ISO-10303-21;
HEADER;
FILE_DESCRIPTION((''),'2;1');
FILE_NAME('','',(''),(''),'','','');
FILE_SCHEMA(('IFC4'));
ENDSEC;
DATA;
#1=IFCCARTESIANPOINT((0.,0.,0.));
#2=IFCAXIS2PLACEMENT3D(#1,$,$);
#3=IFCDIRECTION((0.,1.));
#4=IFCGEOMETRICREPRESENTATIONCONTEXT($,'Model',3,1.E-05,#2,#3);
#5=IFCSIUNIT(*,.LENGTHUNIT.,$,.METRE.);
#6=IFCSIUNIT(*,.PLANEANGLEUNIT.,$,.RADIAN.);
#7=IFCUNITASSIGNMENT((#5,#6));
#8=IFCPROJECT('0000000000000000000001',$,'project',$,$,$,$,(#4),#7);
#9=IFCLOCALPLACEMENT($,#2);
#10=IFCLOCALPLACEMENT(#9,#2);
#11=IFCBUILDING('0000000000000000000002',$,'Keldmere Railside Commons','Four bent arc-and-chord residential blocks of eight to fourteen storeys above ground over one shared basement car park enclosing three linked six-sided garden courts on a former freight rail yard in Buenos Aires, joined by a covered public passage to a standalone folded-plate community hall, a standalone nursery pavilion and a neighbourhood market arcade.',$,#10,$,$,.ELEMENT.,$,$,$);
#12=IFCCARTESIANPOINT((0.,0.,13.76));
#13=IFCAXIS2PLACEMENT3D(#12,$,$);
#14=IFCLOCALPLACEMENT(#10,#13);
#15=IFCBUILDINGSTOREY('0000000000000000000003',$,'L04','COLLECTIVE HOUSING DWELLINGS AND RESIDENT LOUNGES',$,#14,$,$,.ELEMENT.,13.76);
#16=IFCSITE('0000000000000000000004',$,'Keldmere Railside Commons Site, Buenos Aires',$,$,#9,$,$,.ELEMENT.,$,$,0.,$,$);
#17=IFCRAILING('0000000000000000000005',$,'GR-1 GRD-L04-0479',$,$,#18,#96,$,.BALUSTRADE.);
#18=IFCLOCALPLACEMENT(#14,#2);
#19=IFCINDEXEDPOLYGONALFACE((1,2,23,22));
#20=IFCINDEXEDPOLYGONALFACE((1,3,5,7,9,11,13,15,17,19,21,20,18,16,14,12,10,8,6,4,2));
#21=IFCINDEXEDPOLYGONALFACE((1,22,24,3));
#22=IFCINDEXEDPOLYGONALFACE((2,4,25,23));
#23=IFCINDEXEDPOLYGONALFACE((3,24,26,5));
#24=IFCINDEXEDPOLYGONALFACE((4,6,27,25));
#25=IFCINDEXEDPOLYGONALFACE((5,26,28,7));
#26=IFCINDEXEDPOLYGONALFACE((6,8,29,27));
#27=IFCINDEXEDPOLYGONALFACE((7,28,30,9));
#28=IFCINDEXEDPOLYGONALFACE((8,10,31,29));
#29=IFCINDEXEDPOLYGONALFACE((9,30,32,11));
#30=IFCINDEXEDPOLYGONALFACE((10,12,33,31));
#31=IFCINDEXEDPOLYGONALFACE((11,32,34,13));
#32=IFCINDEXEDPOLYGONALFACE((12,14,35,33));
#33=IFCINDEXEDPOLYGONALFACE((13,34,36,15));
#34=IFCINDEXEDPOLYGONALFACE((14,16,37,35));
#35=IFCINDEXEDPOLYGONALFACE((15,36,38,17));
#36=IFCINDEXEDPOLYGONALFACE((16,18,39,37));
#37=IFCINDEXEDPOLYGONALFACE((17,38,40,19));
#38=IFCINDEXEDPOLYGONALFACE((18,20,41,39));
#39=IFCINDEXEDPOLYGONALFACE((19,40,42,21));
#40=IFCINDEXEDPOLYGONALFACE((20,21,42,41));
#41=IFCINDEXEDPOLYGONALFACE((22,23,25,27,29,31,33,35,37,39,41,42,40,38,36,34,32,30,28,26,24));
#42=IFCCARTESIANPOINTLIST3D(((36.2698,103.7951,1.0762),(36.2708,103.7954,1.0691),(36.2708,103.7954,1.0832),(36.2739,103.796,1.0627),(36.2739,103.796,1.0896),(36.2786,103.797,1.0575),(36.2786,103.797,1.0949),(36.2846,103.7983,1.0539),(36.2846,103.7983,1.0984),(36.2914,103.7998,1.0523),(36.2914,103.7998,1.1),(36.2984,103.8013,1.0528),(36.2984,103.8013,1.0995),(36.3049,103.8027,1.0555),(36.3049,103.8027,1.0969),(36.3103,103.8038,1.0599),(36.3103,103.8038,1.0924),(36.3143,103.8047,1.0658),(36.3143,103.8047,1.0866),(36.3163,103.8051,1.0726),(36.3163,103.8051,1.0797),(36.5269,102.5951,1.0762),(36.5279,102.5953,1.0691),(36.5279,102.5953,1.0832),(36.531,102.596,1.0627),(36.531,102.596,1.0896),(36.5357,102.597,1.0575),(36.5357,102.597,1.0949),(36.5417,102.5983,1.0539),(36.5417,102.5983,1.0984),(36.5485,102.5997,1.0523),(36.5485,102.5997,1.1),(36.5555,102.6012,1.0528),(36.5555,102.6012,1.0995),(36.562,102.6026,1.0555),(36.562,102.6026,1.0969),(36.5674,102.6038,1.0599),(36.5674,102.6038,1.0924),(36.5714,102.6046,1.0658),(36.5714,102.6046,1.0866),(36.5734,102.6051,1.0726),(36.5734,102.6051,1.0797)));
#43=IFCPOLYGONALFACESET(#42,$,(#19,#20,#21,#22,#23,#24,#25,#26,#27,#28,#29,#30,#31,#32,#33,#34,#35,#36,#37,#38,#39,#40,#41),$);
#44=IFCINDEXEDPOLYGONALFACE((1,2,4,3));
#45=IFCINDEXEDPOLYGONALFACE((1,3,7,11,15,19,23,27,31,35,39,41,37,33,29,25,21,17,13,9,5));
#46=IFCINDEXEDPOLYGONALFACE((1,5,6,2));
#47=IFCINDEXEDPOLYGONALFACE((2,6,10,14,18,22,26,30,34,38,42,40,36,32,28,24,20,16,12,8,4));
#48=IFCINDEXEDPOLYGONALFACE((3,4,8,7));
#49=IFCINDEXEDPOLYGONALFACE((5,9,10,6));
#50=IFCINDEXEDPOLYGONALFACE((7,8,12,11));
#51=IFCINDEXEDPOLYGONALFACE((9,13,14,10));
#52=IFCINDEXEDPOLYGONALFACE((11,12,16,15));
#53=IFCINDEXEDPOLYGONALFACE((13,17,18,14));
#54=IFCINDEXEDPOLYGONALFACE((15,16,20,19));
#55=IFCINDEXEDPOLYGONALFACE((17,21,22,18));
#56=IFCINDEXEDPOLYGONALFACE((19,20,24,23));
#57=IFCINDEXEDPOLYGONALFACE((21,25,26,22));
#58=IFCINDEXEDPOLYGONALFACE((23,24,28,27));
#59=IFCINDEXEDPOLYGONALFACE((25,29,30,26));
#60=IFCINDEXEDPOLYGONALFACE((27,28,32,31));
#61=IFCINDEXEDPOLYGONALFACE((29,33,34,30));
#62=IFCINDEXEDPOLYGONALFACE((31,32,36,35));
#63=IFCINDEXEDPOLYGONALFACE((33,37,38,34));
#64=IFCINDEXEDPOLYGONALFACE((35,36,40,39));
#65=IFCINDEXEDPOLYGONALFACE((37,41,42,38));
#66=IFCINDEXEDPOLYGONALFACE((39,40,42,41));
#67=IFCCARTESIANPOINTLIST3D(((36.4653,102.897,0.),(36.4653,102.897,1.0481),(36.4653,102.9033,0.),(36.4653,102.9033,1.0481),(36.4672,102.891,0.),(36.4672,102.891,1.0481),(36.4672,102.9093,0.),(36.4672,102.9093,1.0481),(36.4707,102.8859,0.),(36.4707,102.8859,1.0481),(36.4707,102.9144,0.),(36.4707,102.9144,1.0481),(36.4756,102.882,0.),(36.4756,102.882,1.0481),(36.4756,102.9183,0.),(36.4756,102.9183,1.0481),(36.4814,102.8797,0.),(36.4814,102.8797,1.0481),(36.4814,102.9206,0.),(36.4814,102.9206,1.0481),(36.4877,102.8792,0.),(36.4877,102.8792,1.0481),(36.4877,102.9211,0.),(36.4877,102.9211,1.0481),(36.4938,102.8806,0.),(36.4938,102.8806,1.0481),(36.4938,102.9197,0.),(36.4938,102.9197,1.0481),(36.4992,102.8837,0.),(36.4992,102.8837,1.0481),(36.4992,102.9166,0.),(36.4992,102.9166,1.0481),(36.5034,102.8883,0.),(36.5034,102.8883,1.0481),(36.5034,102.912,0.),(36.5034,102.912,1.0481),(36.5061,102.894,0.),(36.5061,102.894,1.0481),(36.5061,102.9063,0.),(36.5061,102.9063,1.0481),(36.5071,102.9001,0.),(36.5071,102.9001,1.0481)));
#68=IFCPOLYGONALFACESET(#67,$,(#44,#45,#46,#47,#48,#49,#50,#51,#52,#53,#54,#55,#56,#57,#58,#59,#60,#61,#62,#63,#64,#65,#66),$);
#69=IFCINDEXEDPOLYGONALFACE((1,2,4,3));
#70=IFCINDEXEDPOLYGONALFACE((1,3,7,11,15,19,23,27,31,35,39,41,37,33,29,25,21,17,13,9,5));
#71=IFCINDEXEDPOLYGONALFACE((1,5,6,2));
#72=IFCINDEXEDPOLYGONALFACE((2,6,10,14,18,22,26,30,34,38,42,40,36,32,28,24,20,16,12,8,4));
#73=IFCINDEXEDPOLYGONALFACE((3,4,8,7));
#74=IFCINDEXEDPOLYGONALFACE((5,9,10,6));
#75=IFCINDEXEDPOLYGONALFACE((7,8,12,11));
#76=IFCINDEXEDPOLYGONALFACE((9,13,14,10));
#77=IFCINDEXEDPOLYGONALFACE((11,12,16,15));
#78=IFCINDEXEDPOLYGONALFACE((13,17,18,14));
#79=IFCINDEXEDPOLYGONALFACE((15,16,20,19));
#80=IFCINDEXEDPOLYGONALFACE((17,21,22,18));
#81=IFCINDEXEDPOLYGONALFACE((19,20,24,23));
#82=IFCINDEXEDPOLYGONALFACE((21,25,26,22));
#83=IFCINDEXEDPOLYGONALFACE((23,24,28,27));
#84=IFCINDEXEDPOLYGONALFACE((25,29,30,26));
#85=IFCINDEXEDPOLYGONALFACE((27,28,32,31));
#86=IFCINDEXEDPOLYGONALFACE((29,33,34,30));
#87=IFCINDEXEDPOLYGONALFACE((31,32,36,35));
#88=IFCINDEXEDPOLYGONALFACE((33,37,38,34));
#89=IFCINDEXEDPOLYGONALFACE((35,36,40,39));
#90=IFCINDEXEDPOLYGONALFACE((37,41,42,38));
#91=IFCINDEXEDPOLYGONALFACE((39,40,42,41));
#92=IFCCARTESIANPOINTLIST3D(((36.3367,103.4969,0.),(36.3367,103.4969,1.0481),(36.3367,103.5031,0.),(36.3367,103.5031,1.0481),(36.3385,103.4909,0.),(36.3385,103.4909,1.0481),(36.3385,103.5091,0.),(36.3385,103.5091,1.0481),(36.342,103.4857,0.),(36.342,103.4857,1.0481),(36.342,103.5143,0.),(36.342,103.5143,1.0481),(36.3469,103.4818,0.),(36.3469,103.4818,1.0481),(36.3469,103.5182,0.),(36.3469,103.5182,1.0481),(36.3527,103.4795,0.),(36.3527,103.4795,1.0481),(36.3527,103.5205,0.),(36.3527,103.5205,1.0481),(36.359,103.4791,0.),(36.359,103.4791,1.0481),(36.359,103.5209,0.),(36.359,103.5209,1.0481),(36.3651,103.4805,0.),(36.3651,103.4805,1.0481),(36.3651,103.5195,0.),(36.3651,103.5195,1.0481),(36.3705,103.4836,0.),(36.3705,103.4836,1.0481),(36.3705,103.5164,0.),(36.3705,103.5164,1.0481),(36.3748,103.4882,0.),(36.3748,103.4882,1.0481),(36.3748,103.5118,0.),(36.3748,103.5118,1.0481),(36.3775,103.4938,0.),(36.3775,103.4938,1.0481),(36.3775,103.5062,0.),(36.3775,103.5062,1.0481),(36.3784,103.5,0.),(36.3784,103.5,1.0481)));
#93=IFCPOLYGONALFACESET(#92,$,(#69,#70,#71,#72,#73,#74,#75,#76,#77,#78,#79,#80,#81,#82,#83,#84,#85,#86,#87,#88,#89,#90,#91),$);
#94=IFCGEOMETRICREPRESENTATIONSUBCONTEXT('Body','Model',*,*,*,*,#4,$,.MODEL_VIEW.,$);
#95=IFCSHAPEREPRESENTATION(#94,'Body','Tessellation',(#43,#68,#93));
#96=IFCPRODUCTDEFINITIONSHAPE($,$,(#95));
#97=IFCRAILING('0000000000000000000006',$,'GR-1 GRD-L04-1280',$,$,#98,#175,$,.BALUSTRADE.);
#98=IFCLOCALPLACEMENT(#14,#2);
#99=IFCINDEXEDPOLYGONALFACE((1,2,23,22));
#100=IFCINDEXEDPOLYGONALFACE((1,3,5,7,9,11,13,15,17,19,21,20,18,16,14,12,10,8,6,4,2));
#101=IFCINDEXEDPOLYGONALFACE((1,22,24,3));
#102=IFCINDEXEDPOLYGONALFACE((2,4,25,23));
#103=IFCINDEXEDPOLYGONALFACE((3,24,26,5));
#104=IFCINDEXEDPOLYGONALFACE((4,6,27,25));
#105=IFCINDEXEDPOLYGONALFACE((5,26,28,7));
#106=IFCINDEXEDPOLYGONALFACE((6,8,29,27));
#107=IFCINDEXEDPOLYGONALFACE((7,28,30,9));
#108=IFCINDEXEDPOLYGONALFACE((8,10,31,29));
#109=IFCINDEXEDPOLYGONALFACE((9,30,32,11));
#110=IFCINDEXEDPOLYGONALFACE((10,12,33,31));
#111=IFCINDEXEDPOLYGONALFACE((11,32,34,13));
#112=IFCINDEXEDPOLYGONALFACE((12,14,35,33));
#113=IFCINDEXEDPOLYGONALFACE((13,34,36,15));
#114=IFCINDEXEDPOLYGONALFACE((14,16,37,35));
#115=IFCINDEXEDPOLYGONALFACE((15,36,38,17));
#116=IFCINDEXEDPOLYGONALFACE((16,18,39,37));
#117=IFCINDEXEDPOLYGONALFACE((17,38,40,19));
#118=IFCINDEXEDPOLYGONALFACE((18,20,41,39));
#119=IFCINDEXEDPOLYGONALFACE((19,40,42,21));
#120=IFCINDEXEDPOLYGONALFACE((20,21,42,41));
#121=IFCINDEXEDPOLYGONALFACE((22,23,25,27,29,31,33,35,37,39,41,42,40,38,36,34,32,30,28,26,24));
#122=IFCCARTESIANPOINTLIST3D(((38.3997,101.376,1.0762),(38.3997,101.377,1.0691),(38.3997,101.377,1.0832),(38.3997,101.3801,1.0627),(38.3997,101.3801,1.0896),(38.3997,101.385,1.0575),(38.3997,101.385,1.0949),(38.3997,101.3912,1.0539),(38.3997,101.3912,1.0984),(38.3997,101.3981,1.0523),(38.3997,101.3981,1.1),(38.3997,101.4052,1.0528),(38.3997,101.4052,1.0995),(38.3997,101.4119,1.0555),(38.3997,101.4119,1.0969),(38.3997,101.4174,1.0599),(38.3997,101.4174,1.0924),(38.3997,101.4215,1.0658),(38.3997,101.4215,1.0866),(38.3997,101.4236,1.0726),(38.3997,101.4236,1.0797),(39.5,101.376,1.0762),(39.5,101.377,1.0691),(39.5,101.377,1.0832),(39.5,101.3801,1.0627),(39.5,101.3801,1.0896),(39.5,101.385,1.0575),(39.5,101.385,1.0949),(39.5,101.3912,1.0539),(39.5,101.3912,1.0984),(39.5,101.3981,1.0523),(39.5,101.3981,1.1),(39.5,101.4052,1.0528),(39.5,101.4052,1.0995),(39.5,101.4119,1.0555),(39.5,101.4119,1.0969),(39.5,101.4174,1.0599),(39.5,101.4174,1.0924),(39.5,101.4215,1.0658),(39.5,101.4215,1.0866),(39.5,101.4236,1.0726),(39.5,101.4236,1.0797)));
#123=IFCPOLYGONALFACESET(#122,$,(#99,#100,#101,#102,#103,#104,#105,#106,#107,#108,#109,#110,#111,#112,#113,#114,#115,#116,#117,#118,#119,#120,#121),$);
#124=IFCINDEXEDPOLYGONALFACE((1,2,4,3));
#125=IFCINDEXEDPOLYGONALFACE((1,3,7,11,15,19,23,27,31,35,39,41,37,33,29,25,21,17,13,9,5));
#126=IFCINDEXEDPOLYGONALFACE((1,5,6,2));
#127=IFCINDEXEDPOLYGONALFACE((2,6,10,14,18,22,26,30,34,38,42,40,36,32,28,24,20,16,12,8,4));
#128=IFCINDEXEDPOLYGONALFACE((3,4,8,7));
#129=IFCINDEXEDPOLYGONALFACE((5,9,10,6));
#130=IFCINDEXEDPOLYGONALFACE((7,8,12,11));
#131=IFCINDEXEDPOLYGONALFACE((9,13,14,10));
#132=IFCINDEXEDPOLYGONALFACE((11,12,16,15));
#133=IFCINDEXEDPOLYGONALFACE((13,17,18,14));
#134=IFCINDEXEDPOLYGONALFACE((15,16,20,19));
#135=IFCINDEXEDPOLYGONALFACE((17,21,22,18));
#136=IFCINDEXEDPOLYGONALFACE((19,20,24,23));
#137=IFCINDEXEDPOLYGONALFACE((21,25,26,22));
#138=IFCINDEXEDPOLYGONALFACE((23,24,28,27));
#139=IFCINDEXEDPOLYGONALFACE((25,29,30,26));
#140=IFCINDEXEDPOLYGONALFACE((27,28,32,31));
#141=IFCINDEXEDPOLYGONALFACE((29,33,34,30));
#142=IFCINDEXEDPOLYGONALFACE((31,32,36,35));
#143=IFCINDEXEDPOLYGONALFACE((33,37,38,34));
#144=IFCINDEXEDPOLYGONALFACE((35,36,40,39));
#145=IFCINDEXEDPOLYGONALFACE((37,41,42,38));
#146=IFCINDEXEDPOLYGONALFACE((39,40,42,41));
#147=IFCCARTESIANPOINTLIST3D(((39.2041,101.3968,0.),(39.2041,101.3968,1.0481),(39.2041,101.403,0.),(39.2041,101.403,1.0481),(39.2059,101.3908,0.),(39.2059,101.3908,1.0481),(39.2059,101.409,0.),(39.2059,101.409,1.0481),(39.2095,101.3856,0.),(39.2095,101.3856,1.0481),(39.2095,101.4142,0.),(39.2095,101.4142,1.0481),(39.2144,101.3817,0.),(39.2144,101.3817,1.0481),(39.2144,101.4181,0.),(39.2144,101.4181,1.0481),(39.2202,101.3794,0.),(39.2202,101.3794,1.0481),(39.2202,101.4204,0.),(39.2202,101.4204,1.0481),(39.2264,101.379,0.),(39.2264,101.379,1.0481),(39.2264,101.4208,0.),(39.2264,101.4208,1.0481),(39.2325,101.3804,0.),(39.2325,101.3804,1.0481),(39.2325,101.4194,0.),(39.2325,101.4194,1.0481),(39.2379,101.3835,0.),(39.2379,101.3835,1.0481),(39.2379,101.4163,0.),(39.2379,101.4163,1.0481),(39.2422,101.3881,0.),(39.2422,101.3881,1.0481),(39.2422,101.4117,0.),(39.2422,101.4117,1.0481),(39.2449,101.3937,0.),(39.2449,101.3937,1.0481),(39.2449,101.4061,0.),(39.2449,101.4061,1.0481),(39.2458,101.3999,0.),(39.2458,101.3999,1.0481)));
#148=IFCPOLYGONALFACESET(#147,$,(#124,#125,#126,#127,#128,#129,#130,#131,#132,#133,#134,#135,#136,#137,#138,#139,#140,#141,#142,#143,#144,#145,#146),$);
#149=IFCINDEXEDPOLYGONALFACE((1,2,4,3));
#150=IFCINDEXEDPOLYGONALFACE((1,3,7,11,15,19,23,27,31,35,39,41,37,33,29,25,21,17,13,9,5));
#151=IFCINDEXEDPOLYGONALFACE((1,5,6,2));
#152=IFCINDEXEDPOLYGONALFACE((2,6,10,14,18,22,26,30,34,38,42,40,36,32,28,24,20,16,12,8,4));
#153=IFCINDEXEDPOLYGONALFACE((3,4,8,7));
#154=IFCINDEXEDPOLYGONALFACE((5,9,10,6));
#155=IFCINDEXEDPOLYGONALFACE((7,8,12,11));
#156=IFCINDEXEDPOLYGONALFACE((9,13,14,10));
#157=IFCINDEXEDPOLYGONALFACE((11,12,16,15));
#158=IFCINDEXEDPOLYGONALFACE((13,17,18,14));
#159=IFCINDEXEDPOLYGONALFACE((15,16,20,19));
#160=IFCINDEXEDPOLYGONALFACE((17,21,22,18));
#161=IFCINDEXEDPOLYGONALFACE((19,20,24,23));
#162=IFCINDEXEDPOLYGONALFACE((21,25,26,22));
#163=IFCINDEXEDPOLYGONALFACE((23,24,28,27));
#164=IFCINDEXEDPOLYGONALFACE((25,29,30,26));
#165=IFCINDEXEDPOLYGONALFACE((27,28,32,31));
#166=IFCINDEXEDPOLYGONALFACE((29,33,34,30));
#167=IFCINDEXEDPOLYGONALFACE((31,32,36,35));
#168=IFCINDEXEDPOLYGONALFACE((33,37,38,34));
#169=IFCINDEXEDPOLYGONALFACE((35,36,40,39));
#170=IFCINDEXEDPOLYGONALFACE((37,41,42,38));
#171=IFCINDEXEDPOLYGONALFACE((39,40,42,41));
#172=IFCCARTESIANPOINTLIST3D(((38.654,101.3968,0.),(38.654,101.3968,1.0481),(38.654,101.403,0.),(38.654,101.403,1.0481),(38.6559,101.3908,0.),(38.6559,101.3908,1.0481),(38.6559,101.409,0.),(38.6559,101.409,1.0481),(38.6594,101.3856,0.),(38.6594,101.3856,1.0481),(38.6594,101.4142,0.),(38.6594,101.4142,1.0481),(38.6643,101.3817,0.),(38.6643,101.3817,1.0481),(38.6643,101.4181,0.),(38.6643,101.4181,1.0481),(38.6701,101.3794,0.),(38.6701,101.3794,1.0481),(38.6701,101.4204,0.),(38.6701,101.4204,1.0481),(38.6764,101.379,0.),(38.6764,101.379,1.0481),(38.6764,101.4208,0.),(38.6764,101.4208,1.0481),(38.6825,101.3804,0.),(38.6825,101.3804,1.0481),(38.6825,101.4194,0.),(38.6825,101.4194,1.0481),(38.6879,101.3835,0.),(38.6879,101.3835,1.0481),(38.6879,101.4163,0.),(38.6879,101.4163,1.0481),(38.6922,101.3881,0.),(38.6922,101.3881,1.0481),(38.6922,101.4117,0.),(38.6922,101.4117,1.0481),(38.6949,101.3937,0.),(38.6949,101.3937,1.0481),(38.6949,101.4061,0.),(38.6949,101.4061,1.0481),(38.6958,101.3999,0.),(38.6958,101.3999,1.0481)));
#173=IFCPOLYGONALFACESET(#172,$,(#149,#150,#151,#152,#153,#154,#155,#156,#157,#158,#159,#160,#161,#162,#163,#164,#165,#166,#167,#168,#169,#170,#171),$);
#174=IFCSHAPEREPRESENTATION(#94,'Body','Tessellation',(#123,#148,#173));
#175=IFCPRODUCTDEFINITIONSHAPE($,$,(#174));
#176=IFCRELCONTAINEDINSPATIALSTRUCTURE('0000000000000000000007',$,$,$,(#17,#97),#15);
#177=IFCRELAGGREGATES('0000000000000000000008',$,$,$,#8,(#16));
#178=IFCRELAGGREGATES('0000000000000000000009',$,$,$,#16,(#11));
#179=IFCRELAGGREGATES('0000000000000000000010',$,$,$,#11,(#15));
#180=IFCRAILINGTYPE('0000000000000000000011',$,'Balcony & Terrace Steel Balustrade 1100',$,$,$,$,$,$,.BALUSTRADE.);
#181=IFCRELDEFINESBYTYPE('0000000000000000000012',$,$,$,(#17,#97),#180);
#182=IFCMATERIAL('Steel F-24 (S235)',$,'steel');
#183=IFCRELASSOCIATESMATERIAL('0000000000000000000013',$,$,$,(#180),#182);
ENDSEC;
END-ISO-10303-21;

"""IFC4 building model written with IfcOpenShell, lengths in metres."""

from ifc_helpers import new_model, si_unit, direction, frame, origin, origin_2d, place, context, subcontext, project, spatial, circle, extrude, material, type_object, element, save


model = new_model("IFC4")

# Units and contexts
model_context = context("Model", 3, precision=1e-05, world=origin(), true_north=direction((0.0, 1.0)))
body_context = subcontext(model_context, "Body", "Model", "MODEL_VIEW")
ifc_project = project(units=[si_unit("LENGTHUNIT", "METRE"), si_unit("PLANEANGLEUNIT", "RADIAN")], contexts=[model_context])

# Site, building, storey
site_placement = place(None, origin())
site = spatial("IfcSite", under=ifc_project, at=site_placement, Name="Keldmere Railside Commons Site, Buenos Aires", CompositionType="ELEMENT", RefElevation=0.0)
building_placement = place(site_placement, origin())
building = spatial("IfcBuilding", under=site, at=building_placement, Name="Keldmere Railside Commons", Description="Four bent arc-and-chord residential blocks of eight to fourteen storeys above ground over one shared basement car park enclosing three linked six-sided garden courts on a former freight rail yard in Buenos Aires, joined by a covered public passage to a standalone folded-plate community hall, a standalone nursery pavilion and a neighbourhood market arcade.", CompositionType="ELEMENT")
storey_placement = place(building_placement, frame((0.0, 0.0, 13.76)))
storey = spatial("IfcBuildingStorey", under=building, at=storey_placement, Name="L04", Description="COLLECTIVE HOUSING DWELLINGS AND RESIDENT LOUNGES", CompositionType="ELEMENT", Elevation=13.76)

# Railings
ifc_material_1 = material(Name="Steel F-24 (S235)", Category="steel")
railing_type_1 = type_object("IfcRailingType", Name="Balcony & Terrace Steel Balustrade 1100", PredefinedType="BALUSTRADE", material=ifc_material_1)
railing_1_placement = place(storey_placement, frame((36.5503, 102.6001, 0.0)))
element("IfcRailing", 1, at=railing_1_placement, inside=storey, type_object=railing_type_1, Name="GR-1 GRD-L04-0479", PredefinedType="BALUSTRADE", context=body_context, shape_type="SweptSolid", body=[
    extrude(circle(Radius=0.0239, at=origin_2d()), frame((0.0, 0.0, 1.0762), z_axis=(-0.209488, 0.977811, 0.0), x_axis=(-0.977811, -0.209488, 0.0)), (0.0, 0.0, 1.0), 1.2273),
    extrude(circle(Radius=0.021, at=origin_2d()), frame((-0.0642, 0.3, 0.0)), (0.0, 0.0, 1.0), 1.0481),
    extrude(circle(Radius=0.021, at=origin_2d()), frame((-0.1929, 0.8999, 0.0)), (0.0, 0.0, 1.0), 1.0481),
])
railing_2_placement = place(storey_placement, frame((39.5, 101.3999, 0.0)))
element("IfcRailing", 2, at=railing_2_placement, inside=storey, type_object=railing_type_1, Name="GR-1 GRD-L04-1280", PredefinedType="BALUSTRADE", context=body_context, shape_type="SweptSolid", body=[
    extrude(circle(Radius=0.0239, at=origin_2d()), frame((0.0, 0.0, 1.0762), z_axis=(-1.0, 0.0, 0.0), x_axis=(0.0, -1.0, 0.0)), (0.0, 0.0, 1.0), 1.1003),
    extrude(circle(Radius=0.021, at=origin_2d()), frame((-0.2751, 0.0, 0.0)), (0.0, 0.0, 1.0), 1.0481),
    extrude(circle(Radius=0.021, at=origin_2d()), frame((-0.8252, 0.0, 0.0)), (0.0, 0.0, 1.0), 1.0481),
])

save(model, "model.ifc")
